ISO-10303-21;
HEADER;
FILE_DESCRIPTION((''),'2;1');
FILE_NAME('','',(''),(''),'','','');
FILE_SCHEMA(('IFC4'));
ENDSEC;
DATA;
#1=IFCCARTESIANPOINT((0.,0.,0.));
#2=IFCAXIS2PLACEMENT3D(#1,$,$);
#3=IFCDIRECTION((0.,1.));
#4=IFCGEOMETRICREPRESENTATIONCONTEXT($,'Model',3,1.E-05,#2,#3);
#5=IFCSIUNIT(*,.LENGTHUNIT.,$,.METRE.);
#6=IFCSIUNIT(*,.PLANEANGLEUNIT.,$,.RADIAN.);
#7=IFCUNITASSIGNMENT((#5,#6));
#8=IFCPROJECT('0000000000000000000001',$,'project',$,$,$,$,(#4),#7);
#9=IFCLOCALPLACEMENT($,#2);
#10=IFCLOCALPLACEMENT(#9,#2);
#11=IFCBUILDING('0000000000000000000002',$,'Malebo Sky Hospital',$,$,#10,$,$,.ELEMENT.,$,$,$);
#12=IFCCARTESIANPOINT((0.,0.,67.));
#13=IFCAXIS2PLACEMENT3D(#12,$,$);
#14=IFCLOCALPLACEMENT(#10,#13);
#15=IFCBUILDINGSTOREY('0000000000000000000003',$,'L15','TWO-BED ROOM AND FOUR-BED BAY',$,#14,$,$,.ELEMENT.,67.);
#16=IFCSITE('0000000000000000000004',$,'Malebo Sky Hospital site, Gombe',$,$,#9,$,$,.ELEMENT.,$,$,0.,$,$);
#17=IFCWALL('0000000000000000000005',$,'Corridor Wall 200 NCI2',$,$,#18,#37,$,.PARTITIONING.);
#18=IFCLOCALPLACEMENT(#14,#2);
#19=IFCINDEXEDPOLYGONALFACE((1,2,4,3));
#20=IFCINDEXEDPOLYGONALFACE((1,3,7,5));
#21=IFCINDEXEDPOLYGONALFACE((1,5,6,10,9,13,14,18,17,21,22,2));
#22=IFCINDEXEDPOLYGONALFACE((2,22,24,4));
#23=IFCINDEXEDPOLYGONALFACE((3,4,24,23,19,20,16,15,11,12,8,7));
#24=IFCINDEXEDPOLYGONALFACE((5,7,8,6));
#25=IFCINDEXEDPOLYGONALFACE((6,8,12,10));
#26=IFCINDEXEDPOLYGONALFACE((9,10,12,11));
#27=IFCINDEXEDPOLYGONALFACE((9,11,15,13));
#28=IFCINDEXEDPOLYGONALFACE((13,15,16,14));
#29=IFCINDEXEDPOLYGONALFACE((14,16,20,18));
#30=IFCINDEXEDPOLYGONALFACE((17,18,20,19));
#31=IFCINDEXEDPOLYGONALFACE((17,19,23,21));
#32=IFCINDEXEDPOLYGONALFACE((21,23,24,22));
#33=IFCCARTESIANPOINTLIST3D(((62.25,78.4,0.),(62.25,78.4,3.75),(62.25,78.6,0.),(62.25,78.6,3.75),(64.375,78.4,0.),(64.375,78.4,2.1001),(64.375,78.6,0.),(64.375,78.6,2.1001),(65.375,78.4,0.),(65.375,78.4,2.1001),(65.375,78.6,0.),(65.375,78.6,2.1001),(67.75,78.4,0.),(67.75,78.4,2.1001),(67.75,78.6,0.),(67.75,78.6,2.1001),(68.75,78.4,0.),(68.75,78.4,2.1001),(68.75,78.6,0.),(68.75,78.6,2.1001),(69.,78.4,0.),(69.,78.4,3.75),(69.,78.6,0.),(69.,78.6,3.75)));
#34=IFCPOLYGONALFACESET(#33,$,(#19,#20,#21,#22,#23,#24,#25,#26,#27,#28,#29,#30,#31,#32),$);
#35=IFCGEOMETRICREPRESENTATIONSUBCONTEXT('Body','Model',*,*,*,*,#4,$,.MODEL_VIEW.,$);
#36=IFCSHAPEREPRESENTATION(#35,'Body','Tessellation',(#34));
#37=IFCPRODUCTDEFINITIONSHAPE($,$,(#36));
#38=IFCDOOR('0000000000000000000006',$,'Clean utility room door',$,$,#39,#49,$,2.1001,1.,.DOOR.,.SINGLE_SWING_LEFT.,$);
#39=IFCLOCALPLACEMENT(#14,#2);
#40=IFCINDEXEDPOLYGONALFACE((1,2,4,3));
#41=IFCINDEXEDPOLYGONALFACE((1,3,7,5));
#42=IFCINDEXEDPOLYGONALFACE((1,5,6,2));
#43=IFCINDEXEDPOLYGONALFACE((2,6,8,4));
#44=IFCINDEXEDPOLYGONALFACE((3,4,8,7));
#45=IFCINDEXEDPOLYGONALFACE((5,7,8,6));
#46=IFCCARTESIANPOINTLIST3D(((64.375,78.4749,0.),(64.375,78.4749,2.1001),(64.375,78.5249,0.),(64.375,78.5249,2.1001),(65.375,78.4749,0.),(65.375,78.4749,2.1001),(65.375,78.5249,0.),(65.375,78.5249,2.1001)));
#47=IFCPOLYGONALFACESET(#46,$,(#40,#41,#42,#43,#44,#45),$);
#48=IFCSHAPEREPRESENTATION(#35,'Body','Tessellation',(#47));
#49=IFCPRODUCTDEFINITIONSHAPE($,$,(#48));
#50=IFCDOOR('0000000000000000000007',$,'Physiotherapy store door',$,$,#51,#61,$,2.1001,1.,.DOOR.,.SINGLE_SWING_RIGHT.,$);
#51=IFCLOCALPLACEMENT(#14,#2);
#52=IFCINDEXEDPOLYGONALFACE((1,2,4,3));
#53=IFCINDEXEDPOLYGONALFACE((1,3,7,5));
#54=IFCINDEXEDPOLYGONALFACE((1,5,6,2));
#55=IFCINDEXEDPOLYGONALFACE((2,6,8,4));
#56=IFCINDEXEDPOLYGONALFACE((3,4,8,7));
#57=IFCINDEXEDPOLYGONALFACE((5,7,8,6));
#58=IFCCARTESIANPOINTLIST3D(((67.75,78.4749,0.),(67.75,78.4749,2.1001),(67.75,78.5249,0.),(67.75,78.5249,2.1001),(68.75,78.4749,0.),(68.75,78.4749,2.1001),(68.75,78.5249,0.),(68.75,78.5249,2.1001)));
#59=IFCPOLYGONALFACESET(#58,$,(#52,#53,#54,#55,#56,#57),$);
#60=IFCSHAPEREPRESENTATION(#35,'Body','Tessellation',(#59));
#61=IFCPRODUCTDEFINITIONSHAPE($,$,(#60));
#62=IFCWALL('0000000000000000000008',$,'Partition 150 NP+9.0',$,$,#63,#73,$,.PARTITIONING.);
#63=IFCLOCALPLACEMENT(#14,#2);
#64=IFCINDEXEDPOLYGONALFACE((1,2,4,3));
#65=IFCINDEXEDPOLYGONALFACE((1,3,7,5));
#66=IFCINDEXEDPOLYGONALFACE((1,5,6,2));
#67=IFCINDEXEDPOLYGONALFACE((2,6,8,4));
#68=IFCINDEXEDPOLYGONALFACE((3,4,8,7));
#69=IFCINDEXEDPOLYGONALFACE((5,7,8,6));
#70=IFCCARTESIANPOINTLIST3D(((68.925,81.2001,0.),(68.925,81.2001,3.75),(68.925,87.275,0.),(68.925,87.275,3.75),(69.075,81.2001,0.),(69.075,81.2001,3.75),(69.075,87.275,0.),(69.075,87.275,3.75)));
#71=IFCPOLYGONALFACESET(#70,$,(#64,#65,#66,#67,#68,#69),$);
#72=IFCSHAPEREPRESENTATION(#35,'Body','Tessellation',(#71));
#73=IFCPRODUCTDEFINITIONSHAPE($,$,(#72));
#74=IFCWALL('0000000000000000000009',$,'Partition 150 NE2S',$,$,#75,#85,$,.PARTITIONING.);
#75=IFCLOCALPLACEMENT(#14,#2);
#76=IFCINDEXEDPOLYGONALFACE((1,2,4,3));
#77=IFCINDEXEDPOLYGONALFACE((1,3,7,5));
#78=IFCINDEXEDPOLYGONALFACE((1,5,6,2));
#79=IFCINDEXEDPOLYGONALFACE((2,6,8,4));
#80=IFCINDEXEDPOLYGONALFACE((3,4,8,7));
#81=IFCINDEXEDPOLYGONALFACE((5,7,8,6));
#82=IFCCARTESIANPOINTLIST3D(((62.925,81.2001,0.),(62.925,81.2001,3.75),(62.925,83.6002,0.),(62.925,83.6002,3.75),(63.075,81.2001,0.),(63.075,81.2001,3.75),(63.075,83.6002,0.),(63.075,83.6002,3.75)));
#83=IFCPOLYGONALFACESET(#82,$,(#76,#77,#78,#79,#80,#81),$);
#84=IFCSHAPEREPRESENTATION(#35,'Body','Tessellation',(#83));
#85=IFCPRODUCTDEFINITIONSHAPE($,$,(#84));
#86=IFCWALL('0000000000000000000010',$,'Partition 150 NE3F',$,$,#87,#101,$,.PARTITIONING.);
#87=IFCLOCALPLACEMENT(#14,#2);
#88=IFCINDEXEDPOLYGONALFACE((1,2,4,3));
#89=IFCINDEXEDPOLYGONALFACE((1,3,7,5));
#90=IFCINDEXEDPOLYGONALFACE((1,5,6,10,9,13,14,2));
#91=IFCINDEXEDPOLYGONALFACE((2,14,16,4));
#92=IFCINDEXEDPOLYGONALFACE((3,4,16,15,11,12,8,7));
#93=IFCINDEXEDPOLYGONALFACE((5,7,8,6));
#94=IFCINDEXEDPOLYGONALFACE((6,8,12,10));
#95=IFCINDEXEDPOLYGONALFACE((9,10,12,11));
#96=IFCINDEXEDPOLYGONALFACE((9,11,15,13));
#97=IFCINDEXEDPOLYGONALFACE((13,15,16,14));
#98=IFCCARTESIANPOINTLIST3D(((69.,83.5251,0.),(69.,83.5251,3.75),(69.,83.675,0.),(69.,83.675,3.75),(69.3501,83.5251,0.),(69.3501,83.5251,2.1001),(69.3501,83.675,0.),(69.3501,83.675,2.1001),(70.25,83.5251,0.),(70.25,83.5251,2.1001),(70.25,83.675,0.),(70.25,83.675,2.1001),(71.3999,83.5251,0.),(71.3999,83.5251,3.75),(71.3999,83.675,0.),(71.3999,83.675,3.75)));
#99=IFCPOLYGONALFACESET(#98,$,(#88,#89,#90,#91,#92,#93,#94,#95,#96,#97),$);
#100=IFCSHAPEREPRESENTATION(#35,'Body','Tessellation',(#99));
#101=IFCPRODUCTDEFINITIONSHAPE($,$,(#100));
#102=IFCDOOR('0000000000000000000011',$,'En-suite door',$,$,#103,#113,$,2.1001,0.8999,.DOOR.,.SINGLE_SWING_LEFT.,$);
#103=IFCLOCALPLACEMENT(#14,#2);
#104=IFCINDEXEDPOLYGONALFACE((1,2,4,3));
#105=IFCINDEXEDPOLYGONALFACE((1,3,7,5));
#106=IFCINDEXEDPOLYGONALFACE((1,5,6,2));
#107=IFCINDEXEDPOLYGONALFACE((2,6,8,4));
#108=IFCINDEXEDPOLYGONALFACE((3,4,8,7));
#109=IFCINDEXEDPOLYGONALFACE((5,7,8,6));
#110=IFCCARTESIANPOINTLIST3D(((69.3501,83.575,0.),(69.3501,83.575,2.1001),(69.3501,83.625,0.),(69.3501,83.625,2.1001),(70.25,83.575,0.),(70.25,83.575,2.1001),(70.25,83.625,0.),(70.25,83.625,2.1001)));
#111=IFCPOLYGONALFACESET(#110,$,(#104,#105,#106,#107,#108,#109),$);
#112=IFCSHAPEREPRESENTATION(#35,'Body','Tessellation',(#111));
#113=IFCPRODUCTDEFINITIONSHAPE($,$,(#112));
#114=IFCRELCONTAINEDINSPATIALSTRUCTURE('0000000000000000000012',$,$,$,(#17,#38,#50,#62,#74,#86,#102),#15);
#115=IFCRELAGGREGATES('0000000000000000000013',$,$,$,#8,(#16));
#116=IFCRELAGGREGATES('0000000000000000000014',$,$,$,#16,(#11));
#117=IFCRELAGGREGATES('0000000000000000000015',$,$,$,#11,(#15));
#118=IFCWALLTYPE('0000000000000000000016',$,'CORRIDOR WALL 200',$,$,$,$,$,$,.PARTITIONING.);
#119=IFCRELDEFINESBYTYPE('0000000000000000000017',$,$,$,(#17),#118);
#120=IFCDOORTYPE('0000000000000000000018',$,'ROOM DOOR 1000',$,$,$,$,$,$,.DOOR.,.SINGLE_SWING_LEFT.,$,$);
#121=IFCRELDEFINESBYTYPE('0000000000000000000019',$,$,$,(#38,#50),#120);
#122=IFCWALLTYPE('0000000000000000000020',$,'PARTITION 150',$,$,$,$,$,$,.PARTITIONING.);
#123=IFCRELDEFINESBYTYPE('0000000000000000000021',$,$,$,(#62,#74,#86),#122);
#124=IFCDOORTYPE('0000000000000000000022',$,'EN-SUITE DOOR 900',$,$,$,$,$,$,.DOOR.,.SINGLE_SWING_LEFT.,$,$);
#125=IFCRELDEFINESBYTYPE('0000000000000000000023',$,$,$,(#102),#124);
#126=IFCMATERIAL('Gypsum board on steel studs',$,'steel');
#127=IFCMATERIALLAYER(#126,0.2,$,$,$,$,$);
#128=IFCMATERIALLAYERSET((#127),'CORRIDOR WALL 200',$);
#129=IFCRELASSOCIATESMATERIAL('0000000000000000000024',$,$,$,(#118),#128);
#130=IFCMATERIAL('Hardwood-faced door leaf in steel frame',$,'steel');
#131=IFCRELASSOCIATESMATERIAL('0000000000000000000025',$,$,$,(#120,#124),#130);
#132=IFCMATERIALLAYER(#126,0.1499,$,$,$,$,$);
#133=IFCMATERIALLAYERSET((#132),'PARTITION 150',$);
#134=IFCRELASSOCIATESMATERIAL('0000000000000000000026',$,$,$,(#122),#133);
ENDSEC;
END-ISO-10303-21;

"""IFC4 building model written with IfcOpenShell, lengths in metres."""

from ifc_helpers import new_model, si_unit, direction, frame, frame_2d, origin, place, context, subcontext, project, spatial, rectangle, extrude, material, layer, layer_set, type_object, element, fill, save


model = new_model("IFC4")

# Units and contexts
model_context = context("Model", 3, precision=1e-05, world=origin(), true_north=direction((0.0, 1.0)))
body_context = subcontext(model_context, "Body", "Model", "MODEL_VIEW")
ifc_project = project(units=[si_unit("LENGTHUNIT", "METRE"), si_unit("PLANEANGLEUNIT", "RADIAN")], contexts=[model_context])

# Site, building, storey
site_placement = place(None, origin())
site = spatial("IfcSite", under=ifc_project, at=site_placement, Name="Malebo Sky Hospital site, Gombe", CompositionType="ELEMENT", RefElevation=0.0)
building_placement = place(site_placement, origin())
building = spatial("IfcBuilding", under=site, at=building_placement, Name="Malebo Sky Hospital", CompositionType="ELEMENT")
storey_placement = place(building_placement, frame((0.0, 0.0, 67.0)))
storey = spatial("IfcBuildingStorey", under=building, at=storey_placement, Name="L15", Description="TWO-BED ROOM AND FOUR-BED BAY", CompositionType="ELEMENT", Elevation=67.0)

# Wall, openings, doors
ifc_material_1 = material(Name="Gypsum board on steel studs", Category="steel")
ifc_layer_1 = layer(ifc_material_1, 0.2)
ifc_layer_set_1 = layer_set([ifc_layer_1], Name="CORRIDOR WALL 200")
wall_type_1 = type_object("IfcWallType", Name="CORRIDOR WALL 200", PredefinedType="PARTITIONING", material=ifc_layer_set_1)
wall_1_placement = place(storey_placement, frame((62.25, 78.5, 0.0), z_axis=(0.0, 0.0, 1.0), x_axis=(1.0, 0.0, 0.0)))
wall_1 = element("IfcWall", 1, at=wall_1_placement, inside=storey, type_object=wall_type_1, Name="Corridor Wall 200 NCI2", PredefinedType="PARTITIONING", context=body_context, shape_type="SweptSolid", body=[
    extrude(rectangle(XDim=6.75, YDim=0.2, at=frame_2d((3.375, 0.0))), origin(), (0.0, 0.0, 1.0), 3.75),
])
opening_1_placement = place(wall_1_placement, frame((2.125, 0.0, 0.0)))
opening_1 = element("IfcOpeningElement", 2, at=opening_1_placement, cuts=wall_1, PredefinedType="OPENING", context=body_context, shape_type="SweptSolid", body=[
    extrude(rectangle(XDim=1.0, YDim=2.1001, at=frame_2d((0.5, 1.05))), frame((0.0, 0.1099, 0.0), z_axis=(0.0, -1.0, 0.0), x_axis=(1.0, 0.0, 0.0)), (0.0, 0.0, 1.0), 0.22),
])
opening_2_placement = place(wall_1_placement, frame((5.5, 0.0, 0.0)))
opening_2 = element("IfcOpeningElement", 3, at=opening_2_placement, cuts=wall_1, PredefinedType="OPENING", context=body_context, shape_type="SweptSolid", body=[
    extrude(rectangle(XDim=1.0, YDim=2.1001, at=frame_2d((0.5, 1.05))), frame((0.0, 0.1099, 0.0), z_axis=(0.0, -1.0, 0.0), x_axis=(1.0, 0.0, 0.0)), (0.0, 0.0, 1.0), 0.22),
])
ifc_material_2 = material(Name="Hardwood-faced door leaf in steel frame", Category="steel")
door_type_1 = type_object("IfcDoorType", Name="ROOM DOOR 1000", OperationType="SINGLE_SWING_LEFT", PredefinedType="DOOR", material=ifc_material_2)
door_1_placement = place(opening_1_placement, origin())
door_1 = element("IfcDoor", 4, at=door_1_placement, inside=storey, type_object=door_type_1, Name="Clean utility room door", OperationType="SINGLE_SWING_LEFT", OverallHeight=2.1001, OverallWidth=1.0, PredefinedType="DOOR", context=body_context, shape_type="SweptSolid", body=[
    extrude(rectangle(XDim=1.0, YDim=2.1001, at=frame_2d((0.5, 1.05))), frame((0.0, 0.0249, 0.0), z_axis=(0.0, -1.0, 0.0), x_axis=(1.0, 0.0, 0.0)), (0.0, 0.0, 1.0), 0.05),
])
fill(opening_1, door_1)
door_2_placement = place(opening_2_placement, origin())
door_2 = element("IfcDoor", 5, at=door_2_placement, inside=storey, type_object=door_type_1, Name="Physiotherapy store door", OperationType="SINGLE_SWING_RIGHT", OverallHeight=2.1001, OverallWidth=1.0, PredefinedType="DOOR", context=body_context, shape_type="SweptSolid", body=[
    extrude(rectangle(XDim=1.0, YDim=2.1001, at=frame_2d((0.5, 1.05))), frame((0.0, 0.0249, 0.0), z_axis=(0.0, -1.0, 0.0), x_axis=(1.0, 0.0, 0.0)), (0.0, 0.0, 1.0), 0.05),
])
fill(opening_2, door_2)

# Walls
ifc_layer_2 = layer(ifc_material_1, 0.1499)
ifc_layer_set_2 = layer_set([ifc_layer_2], Name="PARTITION 150")
wall_type_2 = type_object("IfcWallType", Name="PARTITION 150", PredefinedType="PARTITIONING", material=ifc_layer_set_2)
wall_2_placement = place(storey_placement, frame((69.0, 81.2, 0.0), z_axis=(0.0, 0.0, 1.0), x_axis=(0.0, 1.0, 0.0)))
element("IfcWall", 6, at=wall_2_placement, inside=storey, type_object=wall_type_2, Name="Partition 150 NP+9.0", PredefinedType="PARTITIONING", context=body_context, shape_type="SweptSolid", body=[
    extrude(rectangle(XDim=6.075, YDim=0.1499, at=frame_2d((3.0376, 0.0))), origin(), (0.0, 0.0, 1.0), 3.75),
])
wall_3_placement = place(storey_placement, frame((63.0, 81.2, 0.0), z_axis=(0.0, 0.0, 1.0), x_axis=(0.0, 1.0, 0.0)))
element("IfcWall", 7, at=wall_3_placement, inside=storey, type_object=wall_type_2, Name="Partition 150 NE2S", PredefinedType="PARTITIONING", context=body_context, shape_type="SweptSolid", body=[
    extrude(rectangle(XDim=2.4001, YDim=0.1499, at=frame_2d((1.2002, 0.0))), origin(), (0.0, 0.0, 1.0), 3.75),
])

# Wall, opening, door
wall_4_placement = place(storey_placement, frame((69.0, 83.6001, 0.0), z_axis=(0.0, 0.0, 1.0), x_axis=(1.0, 0.0, 0.0)))
wall_4 = element("IfcWall", 8, at=wall_4_placement, inside=storey, type_object=wall_type_2, Name="Partition 150 NE3F", PredefinedType="PARTITIONING", context=body_context, shape_type="SweptSolid", body=[
    extrude(rectangle(XDim=2.3999, YDim=0.1499, at=frame_2d((1.2, 0.0))), origin(), (0.0, 0.0, 1.0), 3.75),
])
opening_3_placement = place(wall_4_placement, frame((0.3501, 0.0, 0.0)))
opening_3 = element("IfcOpeningElement", 9, at=opening_3_placement, cuts=wall_4, PredefinedType="OPENING", context=body_context, shape_type="SweptSolid", body=[
    extrude(rectangle(XDim=0.8999, YDim=2.1001, at=frame_2d((0.45, 1.05))), frame((0.0, 0.085, 0.0), z_axis=(0.0, -1.0, 0.0), x_axis=(1.0, 0.0, 0.0)), (0.0, 0.0, 1.0), 0.1699),
])
door_type_2 = type_object("IfcDoorType", Name="EN-SUITE DOOR 900", OperationType="SINGLE_SWING_LEFT", PredefinedType="DOOR", material=ifc_material_2)
door_3_placement = place(opening_3_placement, origin())
door_3 = element("IfcDoor", 10, at=door_3_placement, inside=storey, type_object=door_type_2, Name="En-suite door", OperationType="SINGLE_SWING_LEFT", OverallHeight=2.1001, OverallWidth=0.8999, PredefinedType="DOOR", context=body_context, shape_type="SweptSolid", body=[
    extrude(rectangle(XDim=0.8999, YDim=2.1001, at=frame_2d((0.45, 1.05))), frame((0.0, 0.0249, 0.0), z_axis=(0.0, -1.0, 0.0), x_axis=(1.0, 0.0, 0.0)), (0.0, 0.0, 1.0), 0.05),
])
fill(opening_3, door_3)

save(model, "model.ifc")
